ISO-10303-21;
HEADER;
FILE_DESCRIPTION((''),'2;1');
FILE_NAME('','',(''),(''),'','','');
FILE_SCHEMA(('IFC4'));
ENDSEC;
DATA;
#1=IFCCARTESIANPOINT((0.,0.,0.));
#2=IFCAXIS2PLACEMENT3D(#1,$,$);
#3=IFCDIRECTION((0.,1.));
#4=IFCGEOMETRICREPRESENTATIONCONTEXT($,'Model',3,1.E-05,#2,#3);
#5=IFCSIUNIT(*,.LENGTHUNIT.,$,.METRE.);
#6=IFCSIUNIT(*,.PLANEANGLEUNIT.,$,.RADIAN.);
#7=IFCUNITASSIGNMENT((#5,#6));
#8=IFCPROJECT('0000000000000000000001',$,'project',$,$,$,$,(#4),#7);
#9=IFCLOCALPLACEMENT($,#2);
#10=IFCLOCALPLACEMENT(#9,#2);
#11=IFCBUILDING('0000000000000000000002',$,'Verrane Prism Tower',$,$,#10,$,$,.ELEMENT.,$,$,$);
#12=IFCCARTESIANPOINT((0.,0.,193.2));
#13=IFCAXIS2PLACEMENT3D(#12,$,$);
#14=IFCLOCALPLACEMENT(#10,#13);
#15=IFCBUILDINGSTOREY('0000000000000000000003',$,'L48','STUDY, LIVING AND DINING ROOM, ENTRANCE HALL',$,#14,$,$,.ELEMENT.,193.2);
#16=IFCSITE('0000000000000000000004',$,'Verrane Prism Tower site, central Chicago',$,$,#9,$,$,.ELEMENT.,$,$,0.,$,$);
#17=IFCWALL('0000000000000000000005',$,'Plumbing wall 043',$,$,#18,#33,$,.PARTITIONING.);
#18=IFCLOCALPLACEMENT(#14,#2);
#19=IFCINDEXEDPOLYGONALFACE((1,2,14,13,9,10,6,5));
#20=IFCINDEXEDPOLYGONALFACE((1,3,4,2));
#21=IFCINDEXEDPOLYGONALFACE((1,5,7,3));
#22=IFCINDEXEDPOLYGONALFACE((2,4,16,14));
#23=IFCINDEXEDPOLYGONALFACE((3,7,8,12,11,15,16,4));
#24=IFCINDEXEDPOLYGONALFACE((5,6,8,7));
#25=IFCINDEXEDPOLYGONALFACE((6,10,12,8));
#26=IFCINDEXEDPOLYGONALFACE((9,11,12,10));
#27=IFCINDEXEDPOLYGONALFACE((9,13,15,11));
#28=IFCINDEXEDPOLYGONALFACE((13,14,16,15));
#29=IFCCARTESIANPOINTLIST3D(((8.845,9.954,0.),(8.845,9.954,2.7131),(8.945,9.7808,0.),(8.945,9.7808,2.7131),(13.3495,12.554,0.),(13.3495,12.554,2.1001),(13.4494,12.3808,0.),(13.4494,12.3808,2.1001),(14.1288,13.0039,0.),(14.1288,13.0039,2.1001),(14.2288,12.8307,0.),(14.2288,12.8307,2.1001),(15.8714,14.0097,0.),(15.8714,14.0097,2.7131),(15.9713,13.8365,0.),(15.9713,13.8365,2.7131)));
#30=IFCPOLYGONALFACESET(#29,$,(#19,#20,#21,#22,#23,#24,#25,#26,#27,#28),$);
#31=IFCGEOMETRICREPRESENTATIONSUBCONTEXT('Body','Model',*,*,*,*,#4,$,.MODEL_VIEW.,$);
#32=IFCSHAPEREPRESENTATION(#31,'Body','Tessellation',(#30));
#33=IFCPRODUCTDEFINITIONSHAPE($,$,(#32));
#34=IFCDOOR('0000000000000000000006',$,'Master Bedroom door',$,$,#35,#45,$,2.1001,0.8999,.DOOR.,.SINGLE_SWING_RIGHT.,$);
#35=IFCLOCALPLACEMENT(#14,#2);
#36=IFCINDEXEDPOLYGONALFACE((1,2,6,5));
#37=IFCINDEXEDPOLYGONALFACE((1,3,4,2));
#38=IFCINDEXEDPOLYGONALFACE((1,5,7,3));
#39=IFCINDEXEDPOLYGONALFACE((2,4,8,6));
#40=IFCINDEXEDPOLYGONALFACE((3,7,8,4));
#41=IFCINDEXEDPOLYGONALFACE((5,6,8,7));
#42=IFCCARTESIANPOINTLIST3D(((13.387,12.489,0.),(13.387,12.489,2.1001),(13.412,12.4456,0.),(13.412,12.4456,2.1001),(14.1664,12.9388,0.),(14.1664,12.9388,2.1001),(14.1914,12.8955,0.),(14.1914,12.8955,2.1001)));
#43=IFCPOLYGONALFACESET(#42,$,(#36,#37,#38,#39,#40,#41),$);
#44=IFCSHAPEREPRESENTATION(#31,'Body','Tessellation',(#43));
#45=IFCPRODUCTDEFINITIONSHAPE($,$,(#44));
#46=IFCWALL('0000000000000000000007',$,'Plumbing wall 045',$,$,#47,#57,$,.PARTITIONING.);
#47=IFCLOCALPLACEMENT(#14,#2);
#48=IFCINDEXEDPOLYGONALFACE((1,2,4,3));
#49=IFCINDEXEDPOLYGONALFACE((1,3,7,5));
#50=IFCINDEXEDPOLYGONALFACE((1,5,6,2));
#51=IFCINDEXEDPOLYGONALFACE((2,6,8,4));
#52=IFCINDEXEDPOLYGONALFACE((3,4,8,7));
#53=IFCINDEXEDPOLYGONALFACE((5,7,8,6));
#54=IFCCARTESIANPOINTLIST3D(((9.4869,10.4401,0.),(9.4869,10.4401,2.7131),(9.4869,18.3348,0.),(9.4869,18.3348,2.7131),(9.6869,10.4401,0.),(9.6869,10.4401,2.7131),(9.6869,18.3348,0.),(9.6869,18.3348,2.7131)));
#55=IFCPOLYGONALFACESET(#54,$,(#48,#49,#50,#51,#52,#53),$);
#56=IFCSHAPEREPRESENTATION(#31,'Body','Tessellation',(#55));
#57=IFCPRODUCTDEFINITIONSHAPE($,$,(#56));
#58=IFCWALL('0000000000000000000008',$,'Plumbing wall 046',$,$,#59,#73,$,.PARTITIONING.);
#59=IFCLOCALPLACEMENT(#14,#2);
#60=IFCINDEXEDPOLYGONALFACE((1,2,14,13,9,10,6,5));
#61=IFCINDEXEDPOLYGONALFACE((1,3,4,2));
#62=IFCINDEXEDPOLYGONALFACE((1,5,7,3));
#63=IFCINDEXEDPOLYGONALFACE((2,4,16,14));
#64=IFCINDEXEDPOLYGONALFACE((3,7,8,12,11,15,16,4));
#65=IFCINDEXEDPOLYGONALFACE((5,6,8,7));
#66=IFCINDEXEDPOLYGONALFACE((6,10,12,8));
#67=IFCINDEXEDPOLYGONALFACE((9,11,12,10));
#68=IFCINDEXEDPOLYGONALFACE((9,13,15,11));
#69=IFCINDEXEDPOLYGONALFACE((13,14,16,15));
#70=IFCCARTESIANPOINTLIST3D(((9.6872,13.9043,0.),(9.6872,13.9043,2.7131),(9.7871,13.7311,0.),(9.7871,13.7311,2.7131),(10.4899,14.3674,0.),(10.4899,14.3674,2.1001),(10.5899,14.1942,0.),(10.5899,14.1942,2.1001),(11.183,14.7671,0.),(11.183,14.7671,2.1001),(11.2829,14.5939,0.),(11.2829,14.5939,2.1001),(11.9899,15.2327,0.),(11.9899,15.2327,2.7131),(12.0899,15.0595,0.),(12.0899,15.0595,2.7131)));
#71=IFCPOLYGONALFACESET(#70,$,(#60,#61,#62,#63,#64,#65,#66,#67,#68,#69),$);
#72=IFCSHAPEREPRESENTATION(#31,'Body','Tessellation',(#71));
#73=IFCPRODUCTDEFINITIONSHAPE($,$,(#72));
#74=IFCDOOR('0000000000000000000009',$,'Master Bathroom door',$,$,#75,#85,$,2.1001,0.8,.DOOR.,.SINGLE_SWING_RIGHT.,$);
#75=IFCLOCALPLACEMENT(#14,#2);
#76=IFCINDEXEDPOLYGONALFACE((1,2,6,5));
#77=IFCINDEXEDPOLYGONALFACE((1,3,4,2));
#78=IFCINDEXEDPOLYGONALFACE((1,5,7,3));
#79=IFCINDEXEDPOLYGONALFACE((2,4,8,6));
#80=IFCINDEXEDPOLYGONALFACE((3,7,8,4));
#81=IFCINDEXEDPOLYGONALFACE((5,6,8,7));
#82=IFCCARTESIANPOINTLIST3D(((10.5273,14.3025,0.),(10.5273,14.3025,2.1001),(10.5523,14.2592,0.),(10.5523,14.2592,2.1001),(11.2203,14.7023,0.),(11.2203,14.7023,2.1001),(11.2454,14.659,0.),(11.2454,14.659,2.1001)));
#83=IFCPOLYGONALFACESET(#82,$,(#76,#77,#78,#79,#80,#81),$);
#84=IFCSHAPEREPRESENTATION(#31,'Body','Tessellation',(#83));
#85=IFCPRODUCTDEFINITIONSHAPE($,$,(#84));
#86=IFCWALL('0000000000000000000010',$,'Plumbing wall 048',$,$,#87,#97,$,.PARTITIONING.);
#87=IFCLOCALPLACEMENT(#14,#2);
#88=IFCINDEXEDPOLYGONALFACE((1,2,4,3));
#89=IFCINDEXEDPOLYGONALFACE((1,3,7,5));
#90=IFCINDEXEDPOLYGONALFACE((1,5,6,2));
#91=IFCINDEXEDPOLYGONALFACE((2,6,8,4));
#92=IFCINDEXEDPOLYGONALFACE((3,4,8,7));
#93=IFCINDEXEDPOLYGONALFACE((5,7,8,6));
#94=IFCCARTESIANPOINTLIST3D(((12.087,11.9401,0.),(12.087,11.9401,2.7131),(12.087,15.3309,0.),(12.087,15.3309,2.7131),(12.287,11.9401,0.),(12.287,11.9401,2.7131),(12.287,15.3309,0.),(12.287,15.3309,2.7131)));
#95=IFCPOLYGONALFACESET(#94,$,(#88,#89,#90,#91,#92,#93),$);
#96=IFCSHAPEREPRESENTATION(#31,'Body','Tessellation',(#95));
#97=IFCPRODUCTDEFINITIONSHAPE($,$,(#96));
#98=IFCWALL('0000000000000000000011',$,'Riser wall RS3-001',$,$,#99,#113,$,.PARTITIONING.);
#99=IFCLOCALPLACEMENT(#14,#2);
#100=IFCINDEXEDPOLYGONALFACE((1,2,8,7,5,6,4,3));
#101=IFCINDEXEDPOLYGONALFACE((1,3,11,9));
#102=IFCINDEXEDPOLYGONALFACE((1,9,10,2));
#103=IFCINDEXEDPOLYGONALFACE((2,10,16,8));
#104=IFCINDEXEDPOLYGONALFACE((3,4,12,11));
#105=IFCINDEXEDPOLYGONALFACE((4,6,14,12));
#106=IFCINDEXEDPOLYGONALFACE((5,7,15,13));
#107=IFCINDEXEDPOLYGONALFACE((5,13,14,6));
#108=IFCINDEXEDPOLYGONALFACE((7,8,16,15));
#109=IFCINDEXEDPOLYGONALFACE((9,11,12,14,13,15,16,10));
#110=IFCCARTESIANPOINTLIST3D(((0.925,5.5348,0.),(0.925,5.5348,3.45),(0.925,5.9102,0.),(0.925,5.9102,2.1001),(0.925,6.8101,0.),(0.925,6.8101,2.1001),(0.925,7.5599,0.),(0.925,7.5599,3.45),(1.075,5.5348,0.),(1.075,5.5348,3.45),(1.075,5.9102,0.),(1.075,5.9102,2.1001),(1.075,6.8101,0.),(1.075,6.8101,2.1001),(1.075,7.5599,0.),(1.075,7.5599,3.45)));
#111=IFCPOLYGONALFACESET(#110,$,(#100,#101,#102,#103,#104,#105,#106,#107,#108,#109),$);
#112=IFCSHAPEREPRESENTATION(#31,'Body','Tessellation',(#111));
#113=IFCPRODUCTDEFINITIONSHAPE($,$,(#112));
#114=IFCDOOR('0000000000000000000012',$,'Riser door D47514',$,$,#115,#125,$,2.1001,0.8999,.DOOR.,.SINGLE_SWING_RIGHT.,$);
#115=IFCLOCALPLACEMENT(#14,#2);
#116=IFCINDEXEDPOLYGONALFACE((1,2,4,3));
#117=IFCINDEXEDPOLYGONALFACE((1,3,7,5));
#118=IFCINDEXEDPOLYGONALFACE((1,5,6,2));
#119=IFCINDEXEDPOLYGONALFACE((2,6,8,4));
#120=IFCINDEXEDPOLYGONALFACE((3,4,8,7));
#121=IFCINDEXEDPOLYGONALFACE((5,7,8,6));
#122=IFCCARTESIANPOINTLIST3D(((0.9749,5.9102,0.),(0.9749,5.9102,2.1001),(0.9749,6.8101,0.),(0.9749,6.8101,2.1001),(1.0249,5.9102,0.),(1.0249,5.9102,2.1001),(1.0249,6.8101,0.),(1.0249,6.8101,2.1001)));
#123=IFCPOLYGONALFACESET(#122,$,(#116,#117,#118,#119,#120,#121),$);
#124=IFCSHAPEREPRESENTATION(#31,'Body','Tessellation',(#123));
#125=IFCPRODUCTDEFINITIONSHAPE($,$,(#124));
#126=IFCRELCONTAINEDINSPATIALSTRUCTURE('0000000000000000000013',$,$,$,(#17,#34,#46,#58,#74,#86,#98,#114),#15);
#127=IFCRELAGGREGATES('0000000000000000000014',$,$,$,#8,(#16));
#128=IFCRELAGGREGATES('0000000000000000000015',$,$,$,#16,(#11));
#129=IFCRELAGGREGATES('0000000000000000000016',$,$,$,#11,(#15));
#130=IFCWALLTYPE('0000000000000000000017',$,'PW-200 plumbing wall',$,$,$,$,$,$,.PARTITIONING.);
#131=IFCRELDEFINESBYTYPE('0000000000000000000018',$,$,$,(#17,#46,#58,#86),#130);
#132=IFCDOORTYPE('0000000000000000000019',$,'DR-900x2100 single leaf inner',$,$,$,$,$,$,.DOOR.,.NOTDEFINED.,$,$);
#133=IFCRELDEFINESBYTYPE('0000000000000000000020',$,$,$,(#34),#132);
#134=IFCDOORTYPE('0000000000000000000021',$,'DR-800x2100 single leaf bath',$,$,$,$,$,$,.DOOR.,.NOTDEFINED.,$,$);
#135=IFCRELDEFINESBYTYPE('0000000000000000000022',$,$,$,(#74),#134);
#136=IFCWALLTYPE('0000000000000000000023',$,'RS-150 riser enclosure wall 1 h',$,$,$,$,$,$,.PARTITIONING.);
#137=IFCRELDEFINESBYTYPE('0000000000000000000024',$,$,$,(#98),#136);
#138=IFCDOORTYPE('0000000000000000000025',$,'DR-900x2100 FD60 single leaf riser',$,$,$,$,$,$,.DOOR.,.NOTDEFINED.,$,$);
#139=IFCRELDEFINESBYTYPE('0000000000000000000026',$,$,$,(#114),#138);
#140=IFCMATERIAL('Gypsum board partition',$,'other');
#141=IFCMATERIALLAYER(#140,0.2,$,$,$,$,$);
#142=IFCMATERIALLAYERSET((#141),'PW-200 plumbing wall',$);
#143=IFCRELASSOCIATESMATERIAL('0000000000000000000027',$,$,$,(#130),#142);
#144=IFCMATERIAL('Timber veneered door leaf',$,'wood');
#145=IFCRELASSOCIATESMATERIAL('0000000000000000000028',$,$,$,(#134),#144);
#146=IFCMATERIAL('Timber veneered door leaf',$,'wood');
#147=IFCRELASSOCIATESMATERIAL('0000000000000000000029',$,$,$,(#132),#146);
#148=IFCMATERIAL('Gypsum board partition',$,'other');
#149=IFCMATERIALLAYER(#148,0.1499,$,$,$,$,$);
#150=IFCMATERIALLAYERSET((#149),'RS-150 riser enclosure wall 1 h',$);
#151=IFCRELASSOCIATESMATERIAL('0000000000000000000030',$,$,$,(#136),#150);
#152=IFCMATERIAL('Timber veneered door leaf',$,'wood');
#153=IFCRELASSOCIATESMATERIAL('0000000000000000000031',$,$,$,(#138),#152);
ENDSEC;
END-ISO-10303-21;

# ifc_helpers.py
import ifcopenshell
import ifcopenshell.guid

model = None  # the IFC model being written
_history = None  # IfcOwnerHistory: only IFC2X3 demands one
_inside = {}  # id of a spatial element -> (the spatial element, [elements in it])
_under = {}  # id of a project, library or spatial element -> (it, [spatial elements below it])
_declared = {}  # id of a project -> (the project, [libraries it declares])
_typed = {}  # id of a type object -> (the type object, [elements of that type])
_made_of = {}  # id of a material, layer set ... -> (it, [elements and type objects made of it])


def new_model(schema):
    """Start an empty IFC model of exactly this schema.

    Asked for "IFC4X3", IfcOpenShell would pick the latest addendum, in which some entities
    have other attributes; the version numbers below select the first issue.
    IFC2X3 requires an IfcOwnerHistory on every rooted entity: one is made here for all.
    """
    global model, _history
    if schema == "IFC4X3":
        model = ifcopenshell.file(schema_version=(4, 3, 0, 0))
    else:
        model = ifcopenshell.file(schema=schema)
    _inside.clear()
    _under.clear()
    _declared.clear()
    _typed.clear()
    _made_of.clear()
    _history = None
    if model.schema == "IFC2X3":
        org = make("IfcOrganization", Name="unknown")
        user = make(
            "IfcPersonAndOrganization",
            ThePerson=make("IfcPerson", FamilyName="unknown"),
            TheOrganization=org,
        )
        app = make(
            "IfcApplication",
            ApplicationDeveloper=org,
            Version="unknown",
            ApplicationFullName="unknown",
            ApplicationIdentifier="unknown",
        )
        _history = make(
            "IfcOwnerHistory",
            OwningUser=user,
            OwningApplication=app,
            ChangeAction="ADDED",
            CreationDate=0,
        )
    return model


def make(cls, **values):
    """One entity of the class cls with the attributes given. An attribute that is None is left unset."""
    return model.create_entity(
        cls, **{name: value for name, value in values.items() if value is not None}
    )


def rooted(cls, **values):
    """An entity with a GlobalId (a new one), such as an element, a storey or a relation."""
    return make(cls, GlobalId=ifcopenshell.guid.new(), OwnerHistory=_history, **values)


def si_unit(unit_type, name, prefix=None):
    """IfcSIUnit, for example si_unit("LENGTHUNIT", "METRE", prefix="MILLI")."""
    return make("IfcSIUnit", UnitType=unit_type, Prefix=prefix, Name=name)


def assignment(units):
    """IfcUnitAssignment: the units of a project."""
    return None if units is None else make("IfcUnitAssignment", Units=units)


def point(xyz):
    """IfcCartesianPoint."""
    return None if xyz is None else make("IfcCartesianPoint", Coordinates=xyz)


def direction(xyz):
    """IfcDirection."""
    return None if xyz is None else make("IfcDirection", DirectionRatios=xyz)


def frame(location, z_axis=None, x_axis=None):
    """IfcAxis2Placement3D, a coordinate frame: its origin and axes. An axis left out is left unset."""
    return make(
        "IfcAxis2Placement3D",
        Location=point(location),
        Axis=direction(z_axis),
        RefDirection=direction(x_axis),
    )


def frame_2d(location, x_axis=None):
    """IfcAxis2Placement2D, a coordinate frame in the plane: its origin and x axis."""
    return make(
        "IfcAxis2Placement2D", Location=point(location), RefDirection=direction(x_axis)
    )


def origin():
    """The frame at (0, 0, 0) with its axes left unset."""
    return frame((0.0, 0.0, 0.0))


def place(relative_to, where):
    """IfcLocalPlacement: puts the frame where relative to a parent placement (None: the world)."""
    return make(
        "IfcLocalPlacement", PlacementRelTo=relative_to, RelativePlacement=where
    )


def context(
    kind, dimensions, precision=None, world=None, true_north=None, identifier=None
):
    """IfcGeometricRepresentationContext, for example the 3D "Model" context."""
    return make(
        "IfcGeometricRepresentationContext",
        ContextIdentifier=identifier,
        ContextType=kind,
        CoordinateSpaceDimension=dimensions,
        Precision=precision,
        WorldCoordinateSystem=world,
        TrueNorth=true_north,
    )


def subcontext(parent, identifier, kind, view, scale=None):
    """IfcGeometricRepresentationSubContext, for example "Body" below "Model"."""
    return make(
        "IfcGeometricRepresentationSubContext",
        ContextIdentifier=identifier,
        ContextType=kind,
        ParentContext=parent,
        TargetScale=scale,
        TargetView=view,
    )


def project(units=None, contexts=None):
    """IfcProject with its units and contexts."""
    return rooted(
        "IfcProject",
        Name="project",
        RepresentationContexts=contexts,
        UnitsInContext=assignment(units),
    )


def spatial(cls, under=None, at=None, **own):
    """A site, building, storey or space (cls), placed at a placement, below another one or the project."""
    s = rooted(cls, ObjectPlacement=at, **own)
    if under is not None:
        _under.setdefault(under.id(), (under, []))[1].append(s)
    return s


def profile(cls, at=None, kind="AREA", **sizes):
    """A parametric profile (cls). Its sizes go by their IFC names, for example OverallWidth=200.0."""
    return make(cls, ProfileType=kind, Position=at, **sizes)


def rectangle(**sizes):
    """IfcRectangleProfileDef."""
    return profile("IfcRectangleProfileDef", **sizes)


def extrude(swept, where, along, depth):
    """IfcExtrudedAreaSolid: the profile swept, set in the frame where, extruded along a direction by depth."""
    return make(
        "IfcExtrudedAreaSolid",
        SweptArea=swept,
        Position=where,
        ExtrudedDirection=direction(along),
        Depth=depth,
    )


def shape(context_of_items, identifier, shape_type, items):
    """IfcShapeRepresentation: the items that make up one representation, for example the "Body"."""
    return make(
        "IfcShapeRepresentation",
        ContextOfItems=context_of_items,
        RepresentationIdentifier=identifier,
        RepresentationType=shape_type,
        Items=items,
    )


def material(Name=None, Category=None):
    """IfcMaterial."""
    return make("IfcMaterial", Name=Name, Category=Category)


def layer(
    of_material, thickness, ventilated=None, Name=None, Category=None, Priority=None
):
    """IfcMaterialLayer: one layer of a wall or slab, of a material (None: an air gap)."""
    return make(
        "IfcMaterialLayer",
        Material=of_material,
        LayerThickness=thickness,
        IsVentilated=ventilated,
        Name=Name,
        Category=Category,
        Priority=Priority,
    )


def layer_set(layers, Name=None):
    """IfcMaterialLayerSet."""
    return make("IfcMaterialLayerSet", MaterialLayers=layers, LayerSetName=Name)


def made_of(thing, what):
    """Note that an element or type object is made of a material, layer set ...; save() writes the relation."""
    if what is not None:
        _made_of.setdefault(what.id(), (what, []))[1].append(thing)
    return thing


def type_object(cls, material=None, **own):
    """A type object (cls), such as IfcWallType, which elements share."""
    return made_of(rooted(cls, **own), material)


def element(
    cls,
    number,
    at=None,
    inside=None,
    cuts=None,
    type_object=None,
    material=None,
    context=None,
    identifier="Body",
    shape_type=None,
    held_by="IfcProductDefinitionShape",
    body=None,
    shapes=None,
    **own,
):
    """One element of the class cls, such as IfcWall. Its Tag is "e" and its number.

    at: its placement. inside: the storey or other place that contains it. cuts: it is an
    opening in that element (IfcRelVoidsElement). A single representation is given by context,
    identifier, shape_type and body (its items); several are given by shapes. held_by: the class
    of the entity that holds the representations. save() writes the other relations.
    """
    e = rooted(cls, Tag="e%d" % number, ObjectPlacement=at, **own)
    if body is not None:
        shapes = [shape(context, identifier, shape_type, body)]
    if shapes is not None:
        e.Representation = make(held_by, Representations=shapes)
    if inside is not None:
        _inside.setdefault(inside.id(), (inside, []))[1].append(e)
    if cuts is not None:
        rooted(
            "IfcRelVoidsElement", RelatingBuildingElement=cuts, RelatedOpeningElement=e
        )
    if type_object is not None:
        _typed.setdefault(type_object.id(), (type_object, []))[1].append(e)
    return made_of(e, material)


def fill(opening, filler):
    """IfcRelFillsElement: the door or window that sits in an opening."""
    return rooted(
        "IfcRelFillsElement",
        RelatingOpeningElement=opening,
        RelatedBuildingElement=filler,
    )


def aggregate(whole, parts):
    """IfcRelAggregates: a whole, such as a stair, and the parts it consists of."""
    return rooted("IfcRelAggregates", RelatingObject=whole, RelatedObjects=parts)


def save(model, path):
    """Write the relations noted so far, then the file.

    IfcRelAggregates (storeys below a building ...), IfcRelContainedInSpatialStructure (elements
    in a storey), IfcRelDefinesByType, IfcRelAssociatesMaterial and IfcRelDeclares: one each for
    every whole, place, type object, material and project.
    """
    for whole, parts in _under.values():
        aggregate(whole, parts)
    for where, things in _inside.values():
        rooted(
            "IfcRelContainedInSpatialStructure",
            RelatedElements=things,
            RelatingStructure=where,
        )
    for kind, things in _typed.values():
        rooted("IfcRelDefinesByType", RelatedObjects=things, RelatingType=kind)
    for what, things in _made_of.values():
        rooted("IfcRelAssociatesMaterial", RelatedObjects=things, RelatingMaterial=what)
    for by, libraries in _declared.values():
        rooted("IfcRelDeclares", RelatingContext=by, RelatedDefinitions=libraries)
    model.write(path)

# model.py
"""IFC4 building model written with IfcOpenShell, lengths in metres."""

from ifc_helpers import new_model, si_unit, direction, frame, frame_2d, origin, place, context, subcontext, project, spatial, rectangle, extrude, material, layer, layer_set, type_object, element, fill, save


model = new_model("IFC4")

# Units and contexts
model_context = context("Model", 3, precision=1e-05, world=origin(), true_north=direction((0.0, 1.0)))
body_context = subcontext(model_context, "Body", "Model", "MODEL_VIEW")
ifc_project = project(units=[si_unit("LENGTHUNIT", "METRE"), si_unit("PLANEANGLEUNIT", "RADIAN")], contexts=[model_context])

# Site, building, storey
site_placement = place(None, origin())
site = spatial("IfcSite", under=ifc_project, at=site_placement, Name="Verrane Prism Tower site, central Chicago", CompositionType="ELEMENT", RefElevation=0.0)
building_placement = place(site_placement, origin())
building = spatial("IfcBuilding", under=site, at=building_placement, Name="Verrane Prism Tower", CompositionType="ELEMENT")
storey_placement = place(building_placement, frame((0.0, 0.0, 193.2)))
storey = spatial("IfcBuildingStorey", under=building, at=storey_placement, Name="L48", Description="STUDY, LIVING AND DINING ROOM, ENTRANCE HALL", CompositionType="ELEMENT", Elevation=193.2)

# Shared definitions
ifc_material_1 = material(Name="Gypsum board partition", Category="other")
ifc_layer_1 = layer(ifc_material_1, 0.2)
ifc_layer_set_1 = layer_set([ifc_layer_1], Name="PW-200 plumbing wall")
wall_type_1 = type_object("IfcWallType", Name="PW-200 plumbing wall", PredefinedType="PARTITIONING", material=ifc_layer_set_1)
ifc_material_2 = material(Name="Timber veneered door leaf", Category="wood")
door_type_1 = type_object("IfcDoorType", Name="DR-800x2100 single leaf bath", OperationType="NOTDEFINED", PredefinedType="DOOR", material=ifc_material_2)

# Wall, opening, door
wall_1_placement = place(storey_placement, frame((8.895, 9.8674, 0.0), z_axis=(0.0, 0.0, 1.0), x_axis=(0.866079, 0.499907, 0.0)))
wall_1 = element("IfcWall", 1, at=wall_1_placement, inside=storey, type_object=wall_type_1, Name="Plumbing wall 043", PredefinedType="PARTITIONING", context=body_context, shape_type="SweptSolid", body=[
    extrude(rectangle(XDim=8.1128, YDim=0.2, at=frame_2d((4.0564, 0.0))), origin(), (0.0, 0.0, 1.0), 2.7131),
])
opening_1_placement = place(wall_1_placement, frame((5.2009, 0.0, 0.0)))
opening_1 = element("IfcOpeningElement", 2, at=opening_1_placement, cuts=wall_1, PredefinedType="OPENING", context=body_context, shape_type="SweptSolid", body=[
    extrude(rectangle(XDim=0.8999, YDim=2.1001, at=frame_2d((0.45, 1.05))), frame((0.0, 0.1099, 0.0), z_axis=(0.0, -1.0, 0.0), x_axis=(1.0, 0.0, 0.0)), (0.0, 0.0, 1.0), 0.22),
])
ifc_material_3 = material(Name="Timber veneered door leaf", Category="wood")
door_type_2 = type_object("IfcDoorType", Name="DR-900x2100 single leaf inner", OperationType="NOTDEFINED", PredefinedType="DOOR", material=ifc_material_3)
door_1_placement = place(opening_1_placement, origin())
door_1 = element("IfcDoor", 3, at=door_1_placement, inside=storey, type_object=door_type_2, Name="Master Bedroom door", OperationType="SINGLE_SWING_RIGHT", OverallHeight=2.1001, OverallWidth=0.8999, PredefinedType="DOOR", context=body_context, shape_type="SweptSolid", body=[
    extrude(rectangle(XDim=0.8999, YDim=2.1001, at=frame_2d((0.45, 1.05))), frame((0.0, 0.0249, 0.0), z_axis=(0.0, -1.0, 0.0), x_axis=(1.0, 0.0, 0.0)), (0.0, 0.0, 1.0), 0.05),
])
fill(opening_1, door_1)

# Wall
wall_2_placement = place(storey_placement, frame((9.5869, 10.4402, 0.0), z_axis=(0.0, 0.0, 1.0), x_axis=(0.0, 1.0, 0.0)))
element("IfcWall", 4, at=wall_2_placement, inside=storey, type_object=wall_type_1, Name="Plumbing wall 045", PredefinedType="PARTITIONING", context=body_context, shape_type="SweptSolid", body=[
    extrude(rectangle(XDim=7.8948, YDim=0.2, at=frame_2d((3.9473, 0.0))), origin(), (0.0, 0.0, 1.0), 2.7131),
])

# Wall, opening, door
wall_3_placement = place(storey_placement, frame((12.0398, 15.146, 0.0), z_axis=(0.0, 0.0, 1.0), x_axis=(-0.866207, -0.499685, 0.0)))
wall_3 = element("IfcWall", 5, at=wall_3_placement, inside=storey, type_object=wall_type_1, Name="Plumbing wall 046", PredefinedType="PARTITIONING", context=body_context, shape_type="SweptSolid", body=[
    extrude(rectangle(XDim=2.6584, YDim=0.2, at=frame_2d((1.3291, 0.0))), origin(), (0.0, 0.0, 1.0), 2.7131),
])
opening_2_placement = place(wall_3_placement, frame((0.9316, 0.0, 0.0)))
opening_2 = element("IfcOpeningElement", 6, at=opening_2_placement, cuts=wall_3, PredefinedType="OPENING", context=body_context, shape_type="SweptSolid", body=[
    extrude(rectangle(XDim=0.8, YDim=2.1001, at=frame_2d((0.3999, 1.05))), frame((0.0, 0.1099, 0.0), z_axis=(0.0, -1.0, 0.0), x_axis=(1.0, 0.0, 0.0)), (0.0, 0.0, 1.0), 0.22),
])
door_2_placement = place(opening_2_placement, origin())
door_2 = element("IfcDoor", 7, at=door_2_placement, inside=storey, type_object=door_type_1, Name="Master Bathroom door", OperationType="SINGLE_SWING_RIGHT", OverallHeight=2.1001, OverallWidth=0.8, PredefinedType="DOOR", context=body_context, shape_type="SweptSolid", body=[
    extrude(rectangle(XDim=0.8, YDim=2.1001, at=frame_2d((0.3999, 1.05))), frame((0.0, 0.0249, 0.0), z_axis=(0.0, -1.0, 0.0), x_axis=(1.0, 0.0, 0.0)), (0.0, 0.0, 1.0), 0.05),
])
fill(opening_2, door_2)

# Wall
wall_4_placement = place(storey_placement, frame((12.187, 11.9402, 0.0), z_axis=(0.0, 0.0, 1.0), x_axis=(0.0, 1.0, 0.0)))
element("IfcWall", 8, at=wall_4_placement, inside=storey, type_object=wall_type_1, Name="Plumbing wall 048", PredefinedType="PARTITIONING", context=body_context, shape_type="SweptSolid", body=[
    extrude(rectangle(XDim=3.3909, YDim=0.2, at=frame_2d((1.6953, 0.0))), origin(), (0.0, 0.0, 1.0), 2.7131),
])

# Wall, opening, door
ifc_material_4 = material(Name="Gypsum board partition", Category="other")
ifc_layer_2 = layer(ifc_material_4, 0.1499)
ifc_layer_set_2 = layer_set([ifc_layer_2], Name="RS-150 riser enclosure wall 1 h")
wall_type_2 = type_object("IfcWallType", Name="RS-150 riser enclosure wall 1 h", PredefinedType="PARTITIONING", material=ifc_layer_set_2)
wall_5_placement = place(storey_placement, frame((1.0, 7.5601, 0.0), z_axis=(0.0, 0.0, 1.0), x_axis=(0.0, -1.0, 0.0)))
wall_5 = element("IfcWall", 9, at=wall_5_placement, inside=storey, type_object=wall_type_2, Name="Riser wall RS3-001", PredefinedType="PARTITIONING", context=body_context, shape_type="SweptSolid", body=[
    extrude(rectangle(XDim=2.0251, YDim=0.1499, at=frame_2d((1.0127, 0.0))), origin(), (0.0, 0.0, 1.0), 3.45),
])
opening_3_placement = place(wall_5_placement, frame((0.75, 0.0, 0.0)))
opening_3 = element("IfcOpeningElement", 10, at=opening_3_placement, cuts=wall_5, PredefinedType="OPENING", context=body_context, shape_type="SweptSolid", body=[
    extrude(rectangle(XDim=0.8999, YDim=2.1001, at=frame_2d((0.45, 1.05))), frame((0.0, 0.085, 0.0), z_axis=(0.0, -1.0, 0.0), x_axis=(1.0, 0.0, 0.0)), (0.0, 0.0, 1.0), 0.1699),
])
ifc_material_5 = material(Name="Timber veneered door leaf", Category="wood")
door_type_3 = type_object("IfcDoorType", Name="DR-900x2100 FD60 single leaf riser", OperationType="NOTDEFINED", PredefinedType="DOOR", material=ifc_material_5)
door_3_placement = place(opening_3_placement, origin())
door_3 = element("IfcDoor", 11, at=door_3_placement, inside=storey, type_object=door_type_3, Name="Riser door D47514", OperationType="SINGLE_SWING_RIGHT", OverallHeight=2.1001, OverallWidth=0.8999, PredefinedType="DOOR", context=body_context, shape_type="SweptSolid", body=[
    extrude(rectangle(XDim=0.8999, YDim=2.1001, at=frame_2d((0.45, 1.05))), frame((0.0, 0.0249, 0.0), z_axis=(0.0, -1.0, 0.0), x_axis=(1.0, 0.0, 0.0)), (0.0, 0.0, 1.0), 0.05),
])
fill(opening_3, door_3)

save(model, "model.ifc")
